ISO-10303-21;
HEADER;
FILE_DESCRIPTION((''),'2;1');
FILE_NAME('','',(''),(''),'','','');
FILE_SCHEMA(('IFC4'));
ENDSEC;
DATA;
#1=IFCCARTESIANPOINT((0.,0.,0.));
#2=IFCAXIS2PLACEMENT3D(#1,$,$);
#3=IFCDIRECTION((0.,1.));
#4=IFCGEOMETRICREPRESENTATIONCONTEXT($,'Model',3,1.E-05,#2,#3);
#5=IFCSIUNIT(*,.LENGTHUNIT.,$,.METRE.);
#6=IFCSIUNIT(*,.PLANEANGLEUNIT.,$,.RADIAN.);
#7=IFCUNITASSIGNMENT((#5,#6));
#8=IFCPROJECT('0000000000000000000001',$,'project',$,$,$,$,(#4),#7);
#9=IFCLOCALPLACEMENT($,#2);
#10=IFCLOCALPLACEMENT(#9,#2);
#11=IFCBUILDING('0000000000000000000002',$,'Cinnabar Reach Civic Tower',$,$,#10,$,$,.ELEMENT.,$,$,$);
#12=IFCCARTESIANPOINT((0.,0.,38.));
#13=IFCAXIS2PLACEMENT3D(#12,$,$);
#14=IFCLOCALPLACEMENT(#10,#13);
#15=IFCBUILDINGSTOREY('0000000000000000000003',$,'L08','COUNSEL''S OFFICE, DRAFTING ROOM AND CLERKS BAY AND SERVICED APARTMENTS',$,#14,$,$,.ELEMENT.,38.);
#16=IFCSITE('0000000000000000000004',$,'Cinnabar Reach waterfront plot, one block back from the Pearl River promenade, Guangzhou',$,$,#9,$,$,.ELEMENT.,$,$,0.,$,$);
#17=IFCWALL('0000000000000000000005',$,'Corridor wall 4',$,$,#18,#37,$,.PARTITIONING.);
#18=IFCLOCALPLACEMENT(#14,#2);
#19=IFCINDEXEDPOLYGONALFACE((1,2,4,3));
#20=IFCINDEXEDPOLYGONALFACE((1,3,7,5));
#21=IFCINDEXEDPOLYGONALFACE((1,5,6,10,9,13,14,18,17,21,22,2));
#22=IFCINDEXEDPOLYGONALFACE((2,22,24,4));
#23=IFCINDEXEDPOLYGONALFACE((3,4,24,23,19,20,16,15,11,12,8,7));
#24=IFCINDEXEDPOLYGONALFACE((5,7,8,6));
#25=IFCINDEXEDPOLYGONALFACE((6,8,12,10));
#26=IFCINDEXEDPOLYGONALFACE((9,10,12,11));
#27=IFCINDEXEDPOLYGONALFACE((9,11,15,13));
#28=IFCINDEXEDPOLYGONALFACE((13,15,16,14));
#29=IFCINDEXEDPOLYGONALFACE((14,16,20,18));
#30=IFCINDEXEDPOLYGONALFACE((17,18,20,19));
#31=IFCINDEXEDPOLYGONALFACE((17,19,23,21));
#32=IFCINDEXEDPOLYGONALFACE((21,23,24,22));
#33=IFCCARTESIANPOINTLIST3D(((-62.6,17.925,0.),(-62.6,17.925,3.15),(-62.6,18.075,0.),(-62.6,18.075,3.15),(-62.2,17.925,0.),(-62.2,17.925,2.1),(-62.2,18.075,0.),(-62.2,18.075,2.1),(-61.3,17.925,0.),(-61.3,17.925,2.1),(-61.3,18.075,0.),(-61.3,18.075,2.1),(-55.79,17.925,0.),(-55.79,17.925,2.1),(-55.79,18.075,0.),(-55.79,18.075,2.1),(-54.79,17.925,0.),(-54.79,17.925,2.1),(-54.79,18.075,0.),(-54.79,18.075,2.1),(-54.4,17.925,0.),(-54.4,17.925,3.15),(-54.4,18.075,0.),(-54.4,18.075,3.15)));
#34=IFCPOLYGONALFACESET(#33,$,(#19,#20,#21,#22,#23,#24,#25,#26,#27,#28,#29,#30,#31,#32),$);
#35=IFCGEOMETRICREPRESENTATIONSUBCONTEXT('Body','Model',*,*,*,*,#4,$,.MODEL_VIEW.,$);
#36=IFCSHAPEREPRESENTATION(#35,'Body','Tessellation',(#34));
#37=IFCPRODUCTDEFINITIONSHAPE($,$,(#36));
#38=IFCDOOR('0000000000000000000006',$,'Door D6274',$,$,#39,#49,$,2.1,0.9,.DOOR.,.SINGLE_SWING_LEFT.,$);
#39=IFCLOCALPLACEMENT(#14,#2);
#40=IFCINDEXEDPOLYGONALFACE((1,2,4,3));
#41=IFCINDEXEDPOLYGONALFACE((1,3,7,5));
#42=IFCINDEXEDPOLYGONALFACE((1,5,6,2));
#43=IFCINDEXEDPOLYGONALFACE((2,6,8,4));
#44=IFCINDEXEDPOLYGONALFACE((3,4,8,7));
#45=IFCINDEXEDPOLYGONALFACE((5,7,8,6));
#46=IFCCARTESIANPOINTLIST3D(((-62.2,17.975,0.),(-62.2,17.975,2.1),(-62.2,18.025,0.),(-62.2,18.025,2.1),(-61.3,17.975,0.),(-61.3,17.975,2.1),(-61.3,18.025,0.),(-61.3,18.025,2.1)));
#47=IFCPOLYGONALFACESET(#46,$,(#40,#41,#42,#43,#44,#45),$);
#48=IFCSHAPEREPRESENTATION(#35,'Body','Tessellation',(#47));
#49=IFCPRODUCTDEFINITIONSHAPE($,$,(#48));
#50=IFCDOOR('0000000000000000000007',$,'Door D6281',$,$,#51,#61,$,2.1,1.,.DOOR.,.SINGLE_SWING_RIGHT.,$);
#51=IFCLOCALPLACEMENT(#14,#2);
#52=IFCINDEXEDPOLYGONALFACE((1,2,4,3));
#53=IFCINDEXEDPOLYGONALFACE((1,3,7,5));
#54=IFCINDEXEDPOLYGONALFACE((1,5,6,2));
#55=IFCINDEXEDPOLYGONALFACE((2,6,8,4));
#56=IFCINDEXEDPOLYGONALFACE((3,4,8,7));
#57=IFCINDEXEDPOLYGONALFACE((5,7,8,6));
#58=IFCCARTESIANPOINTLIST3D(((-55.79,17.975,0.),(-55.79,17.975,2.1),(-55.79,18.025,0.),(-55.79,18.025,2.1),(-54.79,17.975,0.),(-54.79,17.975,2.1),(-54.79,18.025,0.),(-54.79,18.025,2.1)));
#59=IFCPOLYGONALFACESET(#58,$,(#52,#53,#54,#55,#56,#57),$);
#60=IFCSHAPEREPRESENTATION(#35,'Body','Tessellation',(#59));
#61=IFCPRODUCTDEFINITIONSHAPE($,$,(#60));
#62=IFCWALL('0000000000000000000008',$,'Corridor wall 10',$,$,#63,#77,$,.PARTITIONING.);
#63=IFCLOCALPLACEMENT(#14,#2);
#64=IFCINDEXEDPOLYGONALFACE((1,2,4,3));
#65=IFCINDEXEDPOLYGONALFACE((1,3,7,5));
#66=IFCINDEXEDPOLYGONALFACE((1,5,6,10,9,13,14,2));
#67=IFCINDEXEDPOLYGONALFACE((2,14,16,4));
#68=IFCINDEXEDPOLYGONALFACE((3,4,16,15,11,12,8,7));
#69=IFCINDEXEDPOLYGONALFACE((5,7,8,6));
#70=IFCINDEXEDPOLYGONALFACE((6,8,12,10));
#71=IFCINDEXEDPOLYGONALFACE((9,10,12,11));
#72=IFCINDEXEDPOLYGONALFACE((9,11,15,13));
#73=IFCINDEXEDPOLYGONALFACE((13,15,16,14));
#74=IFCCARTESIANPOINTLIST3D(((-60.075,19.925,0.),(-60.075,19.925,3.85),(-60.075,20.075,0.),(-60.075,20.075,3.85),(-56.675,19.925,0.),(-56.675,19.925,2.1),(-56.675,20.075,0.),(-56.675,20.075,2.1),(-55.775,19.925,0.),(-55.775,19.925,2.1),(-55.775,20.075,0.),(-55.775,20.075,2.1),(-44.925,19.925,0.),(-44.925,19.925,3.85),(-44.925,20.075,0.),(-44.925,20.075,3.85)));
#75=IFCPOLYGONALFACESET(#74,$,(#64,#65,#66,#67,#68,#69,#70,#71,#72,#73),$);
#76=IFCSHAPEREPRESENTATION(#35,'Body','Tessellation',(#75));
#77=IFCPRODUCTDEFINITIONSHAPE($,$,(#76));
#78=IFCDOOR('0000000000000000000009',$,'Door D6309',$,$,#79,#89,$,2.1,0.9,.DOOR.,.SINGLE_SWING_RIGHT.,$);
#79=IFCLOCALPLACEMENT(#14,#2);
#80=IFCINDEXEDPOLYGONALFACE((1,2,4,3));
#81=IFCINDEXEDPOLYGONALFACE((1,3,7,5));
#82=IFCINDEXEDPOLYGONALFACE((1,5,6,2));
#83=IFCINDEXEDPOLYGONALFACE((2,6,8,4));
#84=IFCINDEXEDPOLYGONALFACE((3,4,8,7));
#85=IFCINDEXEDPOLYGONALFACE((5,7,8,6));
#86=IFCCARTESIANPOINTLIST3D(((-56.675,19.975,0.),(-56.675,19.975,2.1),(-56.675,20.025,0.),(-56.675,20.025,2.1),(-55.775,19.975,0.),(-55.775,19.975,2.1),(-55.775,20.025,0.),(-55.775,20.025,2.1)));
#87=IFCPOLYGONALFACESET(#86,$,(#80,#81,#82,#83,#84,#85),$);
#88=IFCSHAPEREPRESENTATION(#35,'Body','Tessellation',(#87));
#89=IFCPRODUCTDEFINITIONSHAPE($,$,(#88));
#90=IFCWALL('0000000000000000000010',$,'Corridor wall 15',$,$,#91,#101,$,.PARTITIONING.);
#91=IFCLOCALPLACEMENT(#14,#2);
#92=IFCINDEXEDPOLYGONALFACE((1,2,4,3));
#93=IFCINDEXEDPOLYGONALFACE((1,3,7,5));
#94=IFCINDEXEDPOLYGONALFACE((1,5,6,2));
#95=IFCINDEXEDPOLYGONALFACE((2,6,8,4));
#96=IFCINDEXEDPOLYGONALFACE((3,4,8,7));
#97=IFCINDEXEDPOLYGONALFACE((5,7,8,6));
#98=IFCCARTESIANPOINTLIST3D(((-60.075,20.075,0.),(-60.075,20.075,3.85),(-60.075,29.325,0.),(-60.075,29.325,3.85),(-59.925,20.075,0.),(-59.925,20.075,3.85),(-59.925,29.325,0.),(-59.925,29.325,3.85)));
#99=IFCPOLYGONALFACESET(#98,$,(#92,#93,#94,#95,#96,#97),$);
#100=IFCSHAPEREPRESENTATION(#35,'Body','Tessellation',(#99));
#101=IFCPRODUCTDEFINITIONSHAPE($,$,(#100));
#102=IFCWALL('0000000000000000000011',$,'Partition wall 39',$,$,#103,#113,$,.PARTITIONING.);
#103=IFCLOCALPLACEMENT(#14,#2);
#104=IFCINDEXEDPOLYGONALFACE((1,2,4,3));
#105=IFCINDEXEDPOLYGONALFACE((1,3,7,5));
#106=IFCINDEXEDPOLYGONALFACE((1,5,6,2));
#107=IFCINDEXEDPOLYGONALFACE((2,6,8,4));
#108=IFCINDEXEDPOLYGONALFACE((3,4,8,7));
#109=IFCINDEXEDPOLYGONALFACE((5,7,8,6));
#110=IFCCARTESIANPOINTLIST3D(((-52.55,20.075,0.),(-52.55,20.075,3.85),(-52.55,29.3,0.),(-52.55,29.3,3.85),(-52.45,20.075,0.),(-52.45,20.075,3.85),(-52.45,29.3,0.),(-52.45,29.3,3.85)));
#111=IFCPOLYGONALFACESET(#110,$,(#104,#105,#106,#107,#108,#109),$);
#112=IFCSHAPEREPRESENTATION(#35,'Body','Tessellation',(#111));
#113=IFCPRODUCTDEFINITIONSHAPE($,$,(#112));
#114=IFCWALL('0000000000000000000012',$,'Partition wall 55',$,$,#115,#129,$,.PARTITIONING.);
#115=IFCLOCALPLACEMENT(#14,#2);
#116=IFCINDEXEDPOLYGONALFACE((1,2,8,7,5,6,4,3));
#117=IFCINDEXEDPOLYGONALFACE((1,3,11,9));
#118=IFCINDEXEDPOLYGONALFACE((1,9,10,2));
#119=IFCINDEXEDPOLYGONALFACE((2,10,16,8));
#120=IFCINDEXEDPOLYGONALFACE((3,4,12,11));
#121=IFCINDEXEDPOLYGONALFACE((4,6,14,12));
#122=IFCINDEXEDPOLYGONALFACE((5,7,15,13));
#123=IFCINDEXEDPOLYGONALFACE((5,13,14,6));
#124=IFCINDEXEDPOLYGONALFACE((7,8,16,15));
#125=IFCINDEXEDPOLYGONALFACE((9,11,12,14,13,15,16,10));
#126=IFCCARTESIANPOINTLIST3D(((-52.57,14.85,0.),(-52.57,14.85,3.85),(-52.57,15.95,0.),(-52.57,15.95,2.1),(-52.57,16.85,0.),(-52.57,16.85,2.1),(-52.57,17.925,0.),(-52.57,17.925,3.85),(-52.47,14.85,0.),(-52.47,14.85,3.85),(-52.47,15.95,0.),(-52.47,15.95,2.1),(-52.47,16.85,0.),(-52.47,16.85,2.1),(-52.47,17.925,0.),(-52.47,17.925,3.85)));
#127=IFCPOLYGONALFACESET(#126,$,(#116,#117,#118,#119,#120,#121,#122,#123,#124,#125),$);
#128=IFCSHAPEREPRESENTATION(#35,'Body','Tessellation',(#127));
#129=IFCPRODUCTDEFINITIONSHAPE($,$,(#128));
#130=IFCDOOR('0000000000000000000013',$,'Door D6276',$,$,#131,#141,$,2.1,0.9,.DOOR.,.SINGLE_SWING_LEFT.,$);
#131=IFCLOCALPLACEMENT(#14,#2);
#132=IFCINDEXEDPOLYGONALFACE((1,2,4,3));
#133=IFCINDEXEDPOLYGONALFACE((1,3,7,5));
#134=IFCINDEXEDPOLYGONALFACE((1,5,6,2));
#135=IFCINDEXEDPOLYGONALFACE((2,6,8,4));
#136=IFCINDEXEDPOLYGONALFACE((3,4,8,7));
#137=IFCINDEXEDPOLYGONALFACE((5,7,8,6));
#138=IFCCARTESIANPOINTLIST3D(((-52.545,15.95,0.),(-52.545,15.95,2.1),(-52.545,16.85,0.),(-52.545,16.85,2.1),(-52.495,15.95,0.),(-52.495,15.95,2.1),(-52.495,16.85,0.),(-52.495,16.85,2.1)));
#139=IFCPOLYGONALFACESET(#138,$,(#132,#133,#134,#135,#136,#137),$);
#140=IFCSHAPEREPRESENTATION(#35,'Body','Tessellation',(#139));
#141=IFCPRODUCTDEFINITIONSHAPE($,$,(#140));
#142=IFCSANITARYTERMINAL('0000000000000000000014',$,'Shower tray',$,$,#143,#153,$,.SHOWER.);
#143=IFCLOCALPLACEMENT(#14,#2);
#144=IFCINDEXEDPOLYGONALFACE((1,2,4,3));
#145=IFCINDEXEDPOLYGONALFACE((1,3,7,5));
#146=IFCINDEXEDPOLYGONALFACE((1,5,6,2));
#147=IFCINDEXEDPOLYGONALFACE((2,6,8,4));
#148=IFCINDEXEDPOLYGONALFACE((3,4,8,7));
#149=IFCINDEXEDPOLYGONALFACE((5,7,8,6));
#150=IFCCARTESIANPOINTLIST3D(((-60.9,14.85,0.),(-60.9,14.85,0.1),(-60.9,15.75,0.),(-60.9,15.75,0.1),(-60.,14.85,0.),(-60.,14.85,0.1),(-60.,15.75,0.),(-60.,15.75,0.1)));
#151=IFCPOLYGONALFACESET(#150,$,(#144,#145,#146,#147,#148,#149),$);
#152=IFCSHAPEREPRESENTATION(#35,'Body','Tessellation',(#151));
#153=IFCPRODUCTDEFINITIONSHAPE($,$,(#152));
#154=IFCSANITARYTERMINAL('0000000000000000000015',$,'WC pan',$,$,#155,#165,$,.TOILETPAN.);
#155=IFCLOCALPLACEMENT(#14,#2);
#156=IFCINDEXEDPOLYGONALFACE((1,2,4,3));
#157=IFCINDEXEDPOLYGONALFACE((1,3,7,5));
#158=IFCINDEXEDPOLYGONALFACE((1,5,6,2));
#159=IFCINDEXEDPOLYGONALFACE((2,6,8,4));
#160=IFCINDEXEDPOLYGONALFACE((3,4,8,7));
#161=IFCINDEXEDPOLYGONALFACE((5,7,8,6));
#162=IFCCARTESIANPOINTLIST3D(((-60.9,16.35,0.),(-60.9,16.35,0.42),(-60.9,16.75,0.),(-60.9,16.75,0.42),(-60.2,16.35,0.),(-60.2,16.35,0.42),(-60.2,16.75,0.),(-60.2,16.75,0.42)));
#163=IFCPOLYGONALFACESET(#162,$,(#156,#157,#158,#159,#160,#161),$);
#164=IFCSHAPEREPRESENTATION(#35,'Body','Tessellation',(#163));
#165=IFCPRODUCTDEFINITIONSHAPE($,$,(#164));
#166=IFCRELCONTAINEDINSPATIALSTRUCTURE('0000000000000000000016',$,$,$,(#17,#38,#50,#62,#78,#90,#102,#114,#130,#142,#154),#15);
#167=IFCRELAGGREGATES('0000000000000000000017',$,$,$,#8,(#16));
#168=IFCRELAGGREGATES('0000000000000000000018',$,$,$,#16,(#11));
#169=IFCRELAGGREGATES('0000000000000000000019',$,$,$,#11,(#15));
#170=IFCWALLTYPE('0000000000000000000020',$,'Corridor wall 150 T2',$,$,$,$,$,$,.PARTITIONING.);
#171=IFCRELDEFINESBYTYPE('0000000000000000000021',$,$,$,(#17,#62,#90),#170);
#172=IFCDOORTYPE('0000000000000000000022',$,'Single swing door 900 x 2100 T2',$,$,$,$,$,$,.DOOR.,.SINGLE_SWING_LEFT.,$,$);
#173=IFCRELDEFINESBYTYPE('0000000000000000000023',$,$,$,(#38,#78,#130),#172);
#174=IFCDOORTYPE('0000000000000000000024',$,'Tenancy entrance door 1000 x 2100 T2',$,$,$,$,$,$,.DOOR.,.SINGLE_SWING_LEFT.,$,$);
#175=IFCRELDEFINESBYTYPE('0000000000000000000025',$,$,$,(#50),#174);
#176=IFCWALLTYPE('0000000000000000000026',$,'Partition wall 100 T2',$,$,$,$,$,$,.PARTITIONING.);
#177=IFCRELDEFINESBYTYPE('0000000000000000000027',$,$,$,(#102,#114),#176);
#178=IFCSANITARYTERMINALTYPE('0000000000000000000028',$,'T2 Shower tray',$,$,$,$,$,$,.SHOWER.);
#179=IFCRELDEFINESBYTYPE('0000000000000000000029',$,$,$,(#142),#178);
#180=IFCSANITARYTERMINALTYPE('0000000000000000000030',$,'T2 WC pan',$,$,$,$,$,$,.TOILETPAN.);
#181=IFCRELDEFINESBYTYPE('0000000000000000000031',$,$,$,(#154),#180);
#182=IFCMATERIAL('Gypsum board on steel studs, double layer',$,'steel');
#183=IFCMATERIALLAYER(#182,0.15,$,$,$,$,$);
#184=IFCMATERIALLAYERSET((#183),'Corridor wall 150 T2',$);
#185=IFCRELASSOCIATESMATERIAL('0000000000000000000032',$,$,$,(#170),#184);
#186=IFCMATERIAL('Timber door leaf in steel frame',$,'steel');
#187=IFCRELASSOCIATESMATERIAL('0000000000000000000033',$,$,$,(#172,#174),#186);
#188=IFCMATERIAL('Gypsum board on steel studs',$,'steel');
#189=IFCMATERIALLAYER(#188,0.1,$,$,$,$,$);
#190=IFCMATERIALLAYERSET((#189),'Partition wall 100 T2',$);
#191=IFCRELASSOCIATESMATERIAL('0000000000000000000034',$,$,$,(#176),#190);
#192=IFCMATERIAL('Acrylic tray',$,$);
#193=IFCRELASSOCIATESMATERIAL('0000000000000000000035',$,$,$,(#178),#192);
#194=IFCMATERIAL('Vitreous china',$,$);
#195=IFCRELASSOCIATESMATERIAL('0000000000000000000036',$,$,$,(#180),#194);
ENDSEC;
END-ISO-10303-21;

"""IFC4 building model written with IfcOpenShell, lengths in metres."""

from ifc_helpers import new_model, si_unit, direction, frame, frame_2d, origin, origin_2d, place, context, subcontext, project, spatial, rectangle, extrude, material, layer, layer_set, type_object, element, fill, save


model = new_model("IFC4")

# Units and contexts
model_context = context("Model", 3, precision=1e-05, world=origin(), true_north=direction((0.0, 1.0)))
body_context = subcontext(model_context, "Body", "Model", "MODEL_VIEW")
ifc_project = project(units=[si_unit("LENGTHUNIT", "METRE"), si_unit("PLANEANGLEUNIT", "RADIAN")], contexts=[model_context])

# Site, building, storey
site_placement = place(None, origin())
site = spatial("IfcSite", under=ifc_project, at=site_placement, Name="Cinnabar Reach waterfront plot, one block back from the Pearl River promenade, Guangzhou", CompositionType="ELEMENT", RefElevation=0.0)
building_placement = place(site_placement, origin())
building = spatial("IfcBuilding", under=site, at=building_placement, Name="Cinnabar Reach Civic Tower", CompositionType="ELEMENT")
storey_placement = place(building_placement, frame((0.0, 0.0, 38.0)))
storey = spatial("IfcBuildingStorey", under=building, at=storey_placement, Name="L08", Description="COUNSEL'S OFFICE, DRAFTING ROOM AND CLERKS BAY AND SERVICED APARTMENTS", CompositionType="ELEMENT", Elevation=38.0)

# Shared definitions
ifc_material_1 = material(Name="Gypsum board on steel studs, double layer", Category="steel")
ifc_layer_1 = layer(ifc_material_1, 0.15)
ifc_layer_set_1 = layer_set([ifc_layer_1], Name="Corridor wall 150 T2")
wall_type_1 = type_object("IfcWallType", Name="Corridor wall 150 T2", PredefinedType="PARTITIONING", material=ifc_layer_set_1)

# Wall, openings, doors
wall_1_placement = place(storey_placement, frame((-62.6, 18.0, 0.0), z_axis=(0.0, 0.0, 1.0), x_axis=(1.0, 0.0, 0.0)))
wall_1 = element("IfcWall", 1, at=wall_1_placement, inside=storey, type_object=wall_type_1, Name="Corridor wall 4", PredefinedType="PARTITIONING", context=body_context, shape_type="SweptSolid", body=[
    extrude(rectangle(XDim=8.2, YDim=0.15, at=frame_2d((4.1, 0.0))), origin(), (0.0, 0.0, 1.0), 3.15),
])
opening_1_placement = place(wall_1_placement, frame((0.4, 0.0, 0.0)))
opening_1 = element("IfcOpeningElement", 2, at=opening_1_placement, cuts=wall_1, PredefinedType="OPENING", context=body_context, shape_type="SweptSolid", body=[
    extrude(rectangle(XDim=0.9, YDim=2.1, at=frame_2d((0.45, 1.05))), frame((0.0, 0.085, 0.0), z_axis=(0.0, -1.0, 0.0), x_axis=(1.0, 0.0, 0.0)), (0.0, 0.0, 1.0), 0.17),
])
opening_2_placement = place(wall_1_placement, frame((6.81, 0.0, 0.0)))
opening_2 = element("IfcOpeningElement", 3, at=opening_2_placement, cuts=wall_1, PredefinedType="OPENING", context=body_context, shape_type="SweptSolid", body=[
    extrude(rectangle(XDim=1.0, YDim=2.1, at=frame_2d((0.5, 1.05))), frame((0.0, 0.085, 0.0), z_axis=(0.0, -1.0, 0.0), x_axis=(1.0, 0.0, 0.0)), (0.0, 0.0, 1.0), 0.17),
])
ifc_material_2 = material(Name="Timber door leaf in steel frame", Category="steel")
door_type_1 = type_object("IfcDoorType", Name="Single swing door 900 x 2100 T2", OperationType="SINGLE_SWING_LEFT", PredefinedType="DOOR", material=ifc_material_2)
door_1_placement = place(opening_1_placement, frame((0.9, 0.0, 0.0), z_axis=(0.0, 0.0, 1.0), x_axis=(-1.0, 0.0, 0.0)))
door_1 = element("IfcDoor", 4, at=door_1_placement, inside=storey, type_object=door_type_1, Name="Door D6274", OperationType="SINGLE_SWING_LEFT", OverallHeight=2.1, OverallWidth=0.9, PredefinedType="DOOR", context=body_context, shape_type="SweptSolid", body=[
    extrude(rectangle(XDim=0.9, YDim=2.1, at=frame_2d((0.45, 1.05))), frame((0.0, 0.025, 0.0), z_axis=(0.0, -1.0, 0.0), x_axis=(1.0, 0.0, 0.0)), (0.0, 0.0, 1.0), 0.05),
])
fill(opening_1, door_1)
door_type_2 = type_object("IfcDoorType", Name="Tenancy entrance door 1000 x 2100 T2", OperationType="SINGLE_SWING_LEFT", PredefinedType="DOOR", material=ifc_material_2)
door_2_placement = place(opening_2_placement, frame((1.0, 0.0, 0.0), z_axis=(0.0, 0.0, 1.0), x_axis=(-1.0, 0.0, 0.0)))
door_2 = element("IfcDoor", 5, at=door_2_placement, inside=storey, type_object=door_type_2, Name="Door D6281", OperationType="SINGLE_SWING_RIGHT", OverallHeight=2.1, OverallWidth=1.0, PredefinedType="DOOR", context=body_context, shape_type="SweptSolid", body=[
    extrude(rectangle(XDim=1.0, YDim=2.1, at=frame_2d((0.5, 1.05))), frame((0.0, 0.025, 0.0), z_axis=(0.0, -1.0, 0.0), x_axis=(1.0, 0.0, 0.0)), (0.0, 0.0, 1.0), 0.05),
])
fill(opening_2, door_2)

# Wall, opening, door
wall_2_placement = place(storey_placement, frame((-60.075, 20.0, 0.0), z_axis=(0.0, 0.0, 1.0), x_axis=(1.0, 0.0, 0.0)))
wall_2 = element("IfcWall", 6, at=wall_2_placement, inside=storey, type_object=wall_type_1, Name="Corridor wall 10", PredefinedType="PARTITIONING", context=body_context, shape_type="SweptSolid", body=[
    extrude(rectangle(XDim=15.15, YDim=0.15, at=frame_2d((7.575, 0.0))), origin(), (0.0, 0.0, 1.0), 3.85),
])
opening_3_placement = place(wall_2_placement, frame((3.4, 0.0, 0.0)))
opening_3 = element("IfcOpeningElement", 7, at=opening_3_placement, cuts=wall_2, PredefinedType="OPENING", context=body_context, shape_type="SweptSolid", body=[
    extrude(rectangle(XDim=0.9, YDim=2.1, at=frame_2d((0.45, 1.05))), frame((0.0, 0.085, 0.0), z_axis=(0.0, -1.0, 0.0), x_axis=(1.0, 0.0, 0.0)), (0.0, 0.0, 1.0), 0.17),
])
door_3_placement = place(opening_3_placement, origin())
door_3 = element("IfcDoor", 8, at=door_3_placement, inside=storey, type_object=door_type_1, Name="Door D6309", OperationType="SINGLE_SWING_RIGHT", OverallHeight=2.1, OverallWidth=0.9, PredefinedType="DOOR", context=body_context, shape_type="SweptSolid", body=[
    extrude(rectangle(XDim=0.9, YDim=2.1, at=frame_2d((0.45, 1.05))), frame((0.0, 0.025, 0.0), z_axis=(0.0, -1.0, 0.0), x_axis=(1.0, 0.0, 0.0)), (0.0, 0.0, 1.0), 0.05),
])
fill(opening_3, door_3)

# Walls
wall_3_placement = place(storey_placement, frame((-60.0, 20.075, 0.0), z_axis=(0.0, 0.0, 1.0), x_axis=(0.0, 1.0, 0.0)))
element("IfcWall", 9, at=wall_3_placement, inside=storey, type_object=wall_type_1, Name="Corridor wall 15", PredefinedType="PARTITIONING", context=body_context, shape_type="SweptSolid", body=[
    extrude(rectangle(XDim=9.25, YDim=0.15, at=frame_2d((4.625, 0.0))), origin(), (0.0, 0.0, 1.0), 3.85),
])
ifc_material_3 = material(Name="Gypsum board on steel studs", Category="steel")
ifc_layer_2 = layer(ifc_material_3, 0.1)
ifc_layer_set_2 = layer_set([ifc_layer_2], Name="Partition wall 100 T2")
wall_type_2 = type_object("IfcWallType", Name="Partition wall 100 T2", PredefinedType="PARTITIONING", material=ifc_layer_set_2)
wall_4_placement = place(storey_placement, frame((-52.5, 20.075, 0.0), z_axis=(0.0, 0.0, 1.0), x_axis=(0.0, 1.0, 0.0)))
element("IfcWall", 10, at=wall_4_placement, inside=storey, type_object=wall_type_2, Name="Partition wall 39", PredefinedType="PARTITIONING", context=body_context, shape_type="SweptSolid", body=[
    extrude(rectangle(XDim=9.225, YDim=0.1, at=frame_2d((4.6125, 0.0))), origin(), (0.0, 0.0, 1.0), 3.85),
])

# Wall, opening, door
wall_5_placement = place(storey_placement, frame((-52.52, 14.85, 0.0), z_axis=(0.0, 0.0, 1.0), x_axis=(0.0, 1.0, 0.0)))
wall_5 = element("IfcWall", 11, at=wall_5_placement, inside=storey, type_object=wall_type_2, Name="Partition wall 55", PredefinedType="PARTITIONING", context=body_context, shape_type="SweptSolid", body=[
    extrude(rectangle(XDim=3.075, YDim=0.1, at=frame_2d((1.5375, 0.0))), origin(), (0.0, 0.0, 1.0), 3.85),
])
opening_4_placement = place(wall_5_placement, frame((1.1, 0.0, 0.0)))
opening_4 = element("IfcOpeningElement", 12, at=opening_4_placement, cuts=wall_5, PredefinedType="OPENING", context=body_context, shape_type="SweptSolid", body=[
    extrude(rectangle(XDim=0.9, YDim=2.1, at=frame_2d((0.45, 1.05))), frame((0.0, 0.06, 0.0), z_axis=(0.0, -1.0, 0.0), x_axis=(1.0, 0.0, 0.0)), (0.0, 0.0, 1.0), 0.12),
])
door_4_placement = place(opening_4_placement, origin())
door_4 = element("IfcDoor", 13, at=door_4_placement, inside=storey, type_object=door_type_1, Name="Door D6276", OperationType="SINGLE_SWING_LEFT", OverallHeight=2.1, OverallWidth=0.9, PredefinedType="DOOR", context=body_context, shape_type="SweptSolid", body=[
    extrude(rectangle(XDim=0.9, YDim=2.1, at=frame_2d((0.45, 1.05))), frame((0.0, 0.025, 0.0), z_axis=(0.0, -1.0, 0.0), x_axis=(1.0, 0.0, 0.0)), (0.0, 0.0, 1.0), 0.05),
])
fill(opening_4, door_4)

# Sanitary terminals
ifc_material_4 = material(Name="Acrylic tray")
sanitary_terminal_type_1 = type_object("IfcSanitaryTerminalType", Name="T2 Shower tray", PredefinedType="SHOWER", material=ifc_material_4)
sanitary_terminal_1_placement = place(storey_placement, frame((-60.45, 15.3, 0.0), z_axis=(0.0, 0.0, 1.0), x_axis=(1.0, 0.0, 0.0)))
element("IfcSanitaryTerminal", 14, at=sanitary_terminal_1_placement, inside=storey, type_object=sanitary_terminal_type_1, Name="Shower tray", PredefinedType="SHOWER", context=body_context, shape_type="SweptSolid", body=[
    extrude(rectangle(XDim=0.9, YDim=0.9, at=origin_2d()), origin(), (0.0, 0.0, 1.0), 0.1),
])
ifc_material_5 = material(Name="Vitreous china")
sanitary_terminal_type_2 = type_object("IfcSanitaryTerminalType", Name="T2 WC pan", PredefinedType="TOILETPAN", material=ifc_material_5)
sanitary_terminal_2_placement = place(storey_placement, frame((-60.55, 16.55, 0.0), z_axis=(0.0, 0.0, 1.0), x_axis=(1.0, 0.0, 0.0)))
element("IfcSanitaryTerminal", 15, at=sanitary_terminal_2_placement, inside=storey, type_object=sanitary_terminal_type_2, Name="WC pan", PredefinedType="TOILETPAN", context=body_context, shape_type="SweptSolid", body=[
    extrude(rectangle(XDim=0.7, YDim=0.4, at=origin_2d()), origin(), (0.0, 0.0, 1.0), 0.42),
])

save(model, "model.ifc")
